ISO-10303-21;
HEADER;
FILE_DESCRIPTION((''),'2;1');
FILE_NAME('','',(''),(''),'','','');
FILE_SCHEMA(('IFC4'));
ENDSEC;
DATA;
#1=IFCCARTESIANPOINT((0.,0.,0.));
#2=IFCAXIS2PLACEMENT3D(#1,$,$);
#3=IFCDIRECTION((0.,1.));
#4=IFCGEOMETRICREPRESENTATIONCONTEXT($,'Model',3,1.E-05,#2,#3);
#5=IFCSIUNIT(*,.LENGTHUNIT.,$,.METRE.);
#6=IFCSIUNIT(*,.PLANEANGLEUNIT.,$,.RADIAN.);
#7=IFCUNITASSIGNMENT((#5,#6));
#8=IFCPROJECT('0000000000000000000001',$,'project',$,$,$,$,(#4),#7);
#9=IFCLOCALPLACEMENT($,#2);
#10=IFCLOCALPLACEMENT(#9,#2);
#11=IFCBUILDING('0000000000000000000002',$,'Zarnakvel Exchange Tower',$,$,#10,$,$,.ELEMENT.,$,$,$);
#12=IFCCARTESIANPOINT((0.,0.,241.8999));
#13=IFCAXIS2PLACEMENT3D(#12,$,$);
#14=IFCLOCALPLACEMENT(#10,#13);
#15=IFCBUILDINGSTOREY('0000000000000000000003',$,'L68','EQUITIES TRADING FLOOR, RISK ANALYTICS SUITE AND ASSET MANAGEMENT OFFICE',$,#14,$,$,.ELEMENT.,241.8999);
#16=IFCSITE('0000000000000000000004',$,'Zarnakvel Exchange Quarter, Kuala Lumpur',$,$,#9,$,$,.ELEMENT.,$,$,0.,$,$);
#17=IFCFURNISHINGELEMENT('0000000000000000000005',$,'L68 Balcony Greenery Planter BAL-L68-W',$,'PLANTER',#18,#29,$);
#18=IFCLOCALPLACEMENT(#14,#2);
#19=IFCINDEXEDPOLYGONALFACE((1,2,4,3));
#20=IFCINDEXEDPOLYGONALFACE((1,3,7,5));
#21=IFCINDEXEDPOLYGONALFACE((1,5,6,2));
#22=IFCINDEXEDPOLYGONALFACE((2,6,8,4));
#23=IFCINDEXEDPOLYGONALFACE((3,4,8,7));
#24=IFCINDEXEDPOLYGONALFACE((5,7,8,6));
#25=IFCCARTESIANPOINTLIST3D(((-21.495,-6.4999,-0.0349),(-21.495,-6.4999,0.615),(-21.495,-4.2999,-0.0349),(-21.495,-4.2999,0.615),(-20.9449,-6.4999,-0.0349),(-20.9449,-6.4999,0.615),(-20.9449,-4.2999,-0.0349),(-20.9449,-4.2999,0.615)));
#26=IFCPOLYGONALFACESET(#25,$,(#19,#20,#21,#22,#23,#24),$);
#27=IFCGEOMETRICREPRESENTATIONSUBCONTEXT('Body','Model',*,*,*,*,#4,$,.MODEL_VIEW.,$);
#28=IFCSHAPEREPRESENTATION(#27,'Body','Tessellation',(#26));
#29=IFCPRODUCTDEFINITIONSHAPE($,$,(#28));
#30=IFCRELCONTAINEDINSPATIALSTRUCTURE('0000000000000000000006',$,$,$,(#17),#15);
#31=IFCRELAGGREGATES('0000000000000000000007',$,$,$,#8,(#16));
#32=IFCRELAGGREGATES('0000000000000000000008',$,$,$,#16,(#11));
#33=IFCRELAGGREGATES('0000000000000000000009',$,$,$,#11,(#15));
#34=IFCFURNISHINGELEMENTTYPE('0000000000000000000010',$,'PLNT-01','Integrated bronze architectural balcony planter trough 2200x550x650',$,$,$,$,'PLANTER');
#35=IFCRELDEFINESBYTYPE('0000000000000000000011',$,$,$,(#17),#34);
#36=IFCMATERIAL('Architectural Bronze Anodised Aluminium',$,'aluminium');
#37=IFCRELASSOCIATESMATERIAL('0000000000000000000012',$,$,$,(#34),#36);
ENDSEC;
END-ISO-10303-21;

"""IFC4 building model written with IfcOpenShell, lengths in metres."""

from ifc_helpers import new_model, si_unit, direction, frame, origin, origin_2d, place, context, subcontext, project, spatial, rectangle, extrude, source, transform, mapped, material, type_object, element, save


model = new_model("IFC4")

# Units and contexts
model_context = context("Model", 3, precision=1e-05, world=origin(), true_north=direction((0.0, 1.0)))
body_context = subcontext(model_context, "Body", "Model", "MODEL_VIEW")
ifc_project = project(units=[si_unit("LENGTHUNIT", "METRE"), si_unit("PLANEANGLEUNIT", "RADIAN")], contexts=[model_context])

# Site, building, storey
site_placement = place(None, origin())
site = spatial("IfcSite", under=ifc_project, at=site_placement, Name="Zarnakvel Exchange Quarter, Kuala Lumpur", CompositionType="ELEMENT", RefElevation=0.0)
building_placement = place(site_placement, origin())
building = spatial("IfcBuilding", under=site, at=building_placement, Name="Zarnakvel Exchange Tower", CompositionType="ELEMENT")
storey_placement = place(building_placement, frame((0.0, 0.0, 241.8999)))
storey = spatial("IfcBuildingStorey", under=building, at=storey_placement, Name="L68", Description="EQUITIES TRADING FLOOR, RISK ANALYTICS SUITE AND ASSET MANAGEMENT OFFICE", CompositionType="ELEMENT", Elevation=241.8999)

# Shared definitions
ifc_material_1 = material(Name="Architectural Bronze Anodised Aluminium", Category="aluminium")

# Furnishing element
furnishing_element_type = type_object("IfcFurnishingElementType", Name="PLNT-01", Description="Integrated bronze architectural balcony planter trough 2200x550x650", ElementType="PLANTER", material=ifc_material_1)
shared_shape_1 = source(origin(), body_context, "Body", "SweptSolid", [
    extrude(rectangle(XDim=2.2, YDim=0.55, at=origin_2d()), origin(), (0.0, 0.0, 1.0), 0.6499),
])
furnishing_placement = place(storey_placement, frame((-21.22, -5.3999, -0.0349), z_axis=(0.0, 0.0, 1.0), x_axis=(0.0, 1.0, 0.0)))
element("IfcFurnishingElement", 1, at=furnishing_placement, inside=storey, type_object=furnishing_element_type, Name="L68 Balcony Greenery Planter BAL-L68-W", ObjectType="PLANTER", context=body_context, shape_type="MappedRepresentation", body=[
    mapped(shared_shape_1, transform((0.0, 0.0, 0.0), x_axis=(1.0, 0.0, 0.0), y_axis=(0.0, 1.0, 0.0), z_axis=(0.0, 0.0, 1.0), scale=1.0)),
])

save(model, "model.ifc")
